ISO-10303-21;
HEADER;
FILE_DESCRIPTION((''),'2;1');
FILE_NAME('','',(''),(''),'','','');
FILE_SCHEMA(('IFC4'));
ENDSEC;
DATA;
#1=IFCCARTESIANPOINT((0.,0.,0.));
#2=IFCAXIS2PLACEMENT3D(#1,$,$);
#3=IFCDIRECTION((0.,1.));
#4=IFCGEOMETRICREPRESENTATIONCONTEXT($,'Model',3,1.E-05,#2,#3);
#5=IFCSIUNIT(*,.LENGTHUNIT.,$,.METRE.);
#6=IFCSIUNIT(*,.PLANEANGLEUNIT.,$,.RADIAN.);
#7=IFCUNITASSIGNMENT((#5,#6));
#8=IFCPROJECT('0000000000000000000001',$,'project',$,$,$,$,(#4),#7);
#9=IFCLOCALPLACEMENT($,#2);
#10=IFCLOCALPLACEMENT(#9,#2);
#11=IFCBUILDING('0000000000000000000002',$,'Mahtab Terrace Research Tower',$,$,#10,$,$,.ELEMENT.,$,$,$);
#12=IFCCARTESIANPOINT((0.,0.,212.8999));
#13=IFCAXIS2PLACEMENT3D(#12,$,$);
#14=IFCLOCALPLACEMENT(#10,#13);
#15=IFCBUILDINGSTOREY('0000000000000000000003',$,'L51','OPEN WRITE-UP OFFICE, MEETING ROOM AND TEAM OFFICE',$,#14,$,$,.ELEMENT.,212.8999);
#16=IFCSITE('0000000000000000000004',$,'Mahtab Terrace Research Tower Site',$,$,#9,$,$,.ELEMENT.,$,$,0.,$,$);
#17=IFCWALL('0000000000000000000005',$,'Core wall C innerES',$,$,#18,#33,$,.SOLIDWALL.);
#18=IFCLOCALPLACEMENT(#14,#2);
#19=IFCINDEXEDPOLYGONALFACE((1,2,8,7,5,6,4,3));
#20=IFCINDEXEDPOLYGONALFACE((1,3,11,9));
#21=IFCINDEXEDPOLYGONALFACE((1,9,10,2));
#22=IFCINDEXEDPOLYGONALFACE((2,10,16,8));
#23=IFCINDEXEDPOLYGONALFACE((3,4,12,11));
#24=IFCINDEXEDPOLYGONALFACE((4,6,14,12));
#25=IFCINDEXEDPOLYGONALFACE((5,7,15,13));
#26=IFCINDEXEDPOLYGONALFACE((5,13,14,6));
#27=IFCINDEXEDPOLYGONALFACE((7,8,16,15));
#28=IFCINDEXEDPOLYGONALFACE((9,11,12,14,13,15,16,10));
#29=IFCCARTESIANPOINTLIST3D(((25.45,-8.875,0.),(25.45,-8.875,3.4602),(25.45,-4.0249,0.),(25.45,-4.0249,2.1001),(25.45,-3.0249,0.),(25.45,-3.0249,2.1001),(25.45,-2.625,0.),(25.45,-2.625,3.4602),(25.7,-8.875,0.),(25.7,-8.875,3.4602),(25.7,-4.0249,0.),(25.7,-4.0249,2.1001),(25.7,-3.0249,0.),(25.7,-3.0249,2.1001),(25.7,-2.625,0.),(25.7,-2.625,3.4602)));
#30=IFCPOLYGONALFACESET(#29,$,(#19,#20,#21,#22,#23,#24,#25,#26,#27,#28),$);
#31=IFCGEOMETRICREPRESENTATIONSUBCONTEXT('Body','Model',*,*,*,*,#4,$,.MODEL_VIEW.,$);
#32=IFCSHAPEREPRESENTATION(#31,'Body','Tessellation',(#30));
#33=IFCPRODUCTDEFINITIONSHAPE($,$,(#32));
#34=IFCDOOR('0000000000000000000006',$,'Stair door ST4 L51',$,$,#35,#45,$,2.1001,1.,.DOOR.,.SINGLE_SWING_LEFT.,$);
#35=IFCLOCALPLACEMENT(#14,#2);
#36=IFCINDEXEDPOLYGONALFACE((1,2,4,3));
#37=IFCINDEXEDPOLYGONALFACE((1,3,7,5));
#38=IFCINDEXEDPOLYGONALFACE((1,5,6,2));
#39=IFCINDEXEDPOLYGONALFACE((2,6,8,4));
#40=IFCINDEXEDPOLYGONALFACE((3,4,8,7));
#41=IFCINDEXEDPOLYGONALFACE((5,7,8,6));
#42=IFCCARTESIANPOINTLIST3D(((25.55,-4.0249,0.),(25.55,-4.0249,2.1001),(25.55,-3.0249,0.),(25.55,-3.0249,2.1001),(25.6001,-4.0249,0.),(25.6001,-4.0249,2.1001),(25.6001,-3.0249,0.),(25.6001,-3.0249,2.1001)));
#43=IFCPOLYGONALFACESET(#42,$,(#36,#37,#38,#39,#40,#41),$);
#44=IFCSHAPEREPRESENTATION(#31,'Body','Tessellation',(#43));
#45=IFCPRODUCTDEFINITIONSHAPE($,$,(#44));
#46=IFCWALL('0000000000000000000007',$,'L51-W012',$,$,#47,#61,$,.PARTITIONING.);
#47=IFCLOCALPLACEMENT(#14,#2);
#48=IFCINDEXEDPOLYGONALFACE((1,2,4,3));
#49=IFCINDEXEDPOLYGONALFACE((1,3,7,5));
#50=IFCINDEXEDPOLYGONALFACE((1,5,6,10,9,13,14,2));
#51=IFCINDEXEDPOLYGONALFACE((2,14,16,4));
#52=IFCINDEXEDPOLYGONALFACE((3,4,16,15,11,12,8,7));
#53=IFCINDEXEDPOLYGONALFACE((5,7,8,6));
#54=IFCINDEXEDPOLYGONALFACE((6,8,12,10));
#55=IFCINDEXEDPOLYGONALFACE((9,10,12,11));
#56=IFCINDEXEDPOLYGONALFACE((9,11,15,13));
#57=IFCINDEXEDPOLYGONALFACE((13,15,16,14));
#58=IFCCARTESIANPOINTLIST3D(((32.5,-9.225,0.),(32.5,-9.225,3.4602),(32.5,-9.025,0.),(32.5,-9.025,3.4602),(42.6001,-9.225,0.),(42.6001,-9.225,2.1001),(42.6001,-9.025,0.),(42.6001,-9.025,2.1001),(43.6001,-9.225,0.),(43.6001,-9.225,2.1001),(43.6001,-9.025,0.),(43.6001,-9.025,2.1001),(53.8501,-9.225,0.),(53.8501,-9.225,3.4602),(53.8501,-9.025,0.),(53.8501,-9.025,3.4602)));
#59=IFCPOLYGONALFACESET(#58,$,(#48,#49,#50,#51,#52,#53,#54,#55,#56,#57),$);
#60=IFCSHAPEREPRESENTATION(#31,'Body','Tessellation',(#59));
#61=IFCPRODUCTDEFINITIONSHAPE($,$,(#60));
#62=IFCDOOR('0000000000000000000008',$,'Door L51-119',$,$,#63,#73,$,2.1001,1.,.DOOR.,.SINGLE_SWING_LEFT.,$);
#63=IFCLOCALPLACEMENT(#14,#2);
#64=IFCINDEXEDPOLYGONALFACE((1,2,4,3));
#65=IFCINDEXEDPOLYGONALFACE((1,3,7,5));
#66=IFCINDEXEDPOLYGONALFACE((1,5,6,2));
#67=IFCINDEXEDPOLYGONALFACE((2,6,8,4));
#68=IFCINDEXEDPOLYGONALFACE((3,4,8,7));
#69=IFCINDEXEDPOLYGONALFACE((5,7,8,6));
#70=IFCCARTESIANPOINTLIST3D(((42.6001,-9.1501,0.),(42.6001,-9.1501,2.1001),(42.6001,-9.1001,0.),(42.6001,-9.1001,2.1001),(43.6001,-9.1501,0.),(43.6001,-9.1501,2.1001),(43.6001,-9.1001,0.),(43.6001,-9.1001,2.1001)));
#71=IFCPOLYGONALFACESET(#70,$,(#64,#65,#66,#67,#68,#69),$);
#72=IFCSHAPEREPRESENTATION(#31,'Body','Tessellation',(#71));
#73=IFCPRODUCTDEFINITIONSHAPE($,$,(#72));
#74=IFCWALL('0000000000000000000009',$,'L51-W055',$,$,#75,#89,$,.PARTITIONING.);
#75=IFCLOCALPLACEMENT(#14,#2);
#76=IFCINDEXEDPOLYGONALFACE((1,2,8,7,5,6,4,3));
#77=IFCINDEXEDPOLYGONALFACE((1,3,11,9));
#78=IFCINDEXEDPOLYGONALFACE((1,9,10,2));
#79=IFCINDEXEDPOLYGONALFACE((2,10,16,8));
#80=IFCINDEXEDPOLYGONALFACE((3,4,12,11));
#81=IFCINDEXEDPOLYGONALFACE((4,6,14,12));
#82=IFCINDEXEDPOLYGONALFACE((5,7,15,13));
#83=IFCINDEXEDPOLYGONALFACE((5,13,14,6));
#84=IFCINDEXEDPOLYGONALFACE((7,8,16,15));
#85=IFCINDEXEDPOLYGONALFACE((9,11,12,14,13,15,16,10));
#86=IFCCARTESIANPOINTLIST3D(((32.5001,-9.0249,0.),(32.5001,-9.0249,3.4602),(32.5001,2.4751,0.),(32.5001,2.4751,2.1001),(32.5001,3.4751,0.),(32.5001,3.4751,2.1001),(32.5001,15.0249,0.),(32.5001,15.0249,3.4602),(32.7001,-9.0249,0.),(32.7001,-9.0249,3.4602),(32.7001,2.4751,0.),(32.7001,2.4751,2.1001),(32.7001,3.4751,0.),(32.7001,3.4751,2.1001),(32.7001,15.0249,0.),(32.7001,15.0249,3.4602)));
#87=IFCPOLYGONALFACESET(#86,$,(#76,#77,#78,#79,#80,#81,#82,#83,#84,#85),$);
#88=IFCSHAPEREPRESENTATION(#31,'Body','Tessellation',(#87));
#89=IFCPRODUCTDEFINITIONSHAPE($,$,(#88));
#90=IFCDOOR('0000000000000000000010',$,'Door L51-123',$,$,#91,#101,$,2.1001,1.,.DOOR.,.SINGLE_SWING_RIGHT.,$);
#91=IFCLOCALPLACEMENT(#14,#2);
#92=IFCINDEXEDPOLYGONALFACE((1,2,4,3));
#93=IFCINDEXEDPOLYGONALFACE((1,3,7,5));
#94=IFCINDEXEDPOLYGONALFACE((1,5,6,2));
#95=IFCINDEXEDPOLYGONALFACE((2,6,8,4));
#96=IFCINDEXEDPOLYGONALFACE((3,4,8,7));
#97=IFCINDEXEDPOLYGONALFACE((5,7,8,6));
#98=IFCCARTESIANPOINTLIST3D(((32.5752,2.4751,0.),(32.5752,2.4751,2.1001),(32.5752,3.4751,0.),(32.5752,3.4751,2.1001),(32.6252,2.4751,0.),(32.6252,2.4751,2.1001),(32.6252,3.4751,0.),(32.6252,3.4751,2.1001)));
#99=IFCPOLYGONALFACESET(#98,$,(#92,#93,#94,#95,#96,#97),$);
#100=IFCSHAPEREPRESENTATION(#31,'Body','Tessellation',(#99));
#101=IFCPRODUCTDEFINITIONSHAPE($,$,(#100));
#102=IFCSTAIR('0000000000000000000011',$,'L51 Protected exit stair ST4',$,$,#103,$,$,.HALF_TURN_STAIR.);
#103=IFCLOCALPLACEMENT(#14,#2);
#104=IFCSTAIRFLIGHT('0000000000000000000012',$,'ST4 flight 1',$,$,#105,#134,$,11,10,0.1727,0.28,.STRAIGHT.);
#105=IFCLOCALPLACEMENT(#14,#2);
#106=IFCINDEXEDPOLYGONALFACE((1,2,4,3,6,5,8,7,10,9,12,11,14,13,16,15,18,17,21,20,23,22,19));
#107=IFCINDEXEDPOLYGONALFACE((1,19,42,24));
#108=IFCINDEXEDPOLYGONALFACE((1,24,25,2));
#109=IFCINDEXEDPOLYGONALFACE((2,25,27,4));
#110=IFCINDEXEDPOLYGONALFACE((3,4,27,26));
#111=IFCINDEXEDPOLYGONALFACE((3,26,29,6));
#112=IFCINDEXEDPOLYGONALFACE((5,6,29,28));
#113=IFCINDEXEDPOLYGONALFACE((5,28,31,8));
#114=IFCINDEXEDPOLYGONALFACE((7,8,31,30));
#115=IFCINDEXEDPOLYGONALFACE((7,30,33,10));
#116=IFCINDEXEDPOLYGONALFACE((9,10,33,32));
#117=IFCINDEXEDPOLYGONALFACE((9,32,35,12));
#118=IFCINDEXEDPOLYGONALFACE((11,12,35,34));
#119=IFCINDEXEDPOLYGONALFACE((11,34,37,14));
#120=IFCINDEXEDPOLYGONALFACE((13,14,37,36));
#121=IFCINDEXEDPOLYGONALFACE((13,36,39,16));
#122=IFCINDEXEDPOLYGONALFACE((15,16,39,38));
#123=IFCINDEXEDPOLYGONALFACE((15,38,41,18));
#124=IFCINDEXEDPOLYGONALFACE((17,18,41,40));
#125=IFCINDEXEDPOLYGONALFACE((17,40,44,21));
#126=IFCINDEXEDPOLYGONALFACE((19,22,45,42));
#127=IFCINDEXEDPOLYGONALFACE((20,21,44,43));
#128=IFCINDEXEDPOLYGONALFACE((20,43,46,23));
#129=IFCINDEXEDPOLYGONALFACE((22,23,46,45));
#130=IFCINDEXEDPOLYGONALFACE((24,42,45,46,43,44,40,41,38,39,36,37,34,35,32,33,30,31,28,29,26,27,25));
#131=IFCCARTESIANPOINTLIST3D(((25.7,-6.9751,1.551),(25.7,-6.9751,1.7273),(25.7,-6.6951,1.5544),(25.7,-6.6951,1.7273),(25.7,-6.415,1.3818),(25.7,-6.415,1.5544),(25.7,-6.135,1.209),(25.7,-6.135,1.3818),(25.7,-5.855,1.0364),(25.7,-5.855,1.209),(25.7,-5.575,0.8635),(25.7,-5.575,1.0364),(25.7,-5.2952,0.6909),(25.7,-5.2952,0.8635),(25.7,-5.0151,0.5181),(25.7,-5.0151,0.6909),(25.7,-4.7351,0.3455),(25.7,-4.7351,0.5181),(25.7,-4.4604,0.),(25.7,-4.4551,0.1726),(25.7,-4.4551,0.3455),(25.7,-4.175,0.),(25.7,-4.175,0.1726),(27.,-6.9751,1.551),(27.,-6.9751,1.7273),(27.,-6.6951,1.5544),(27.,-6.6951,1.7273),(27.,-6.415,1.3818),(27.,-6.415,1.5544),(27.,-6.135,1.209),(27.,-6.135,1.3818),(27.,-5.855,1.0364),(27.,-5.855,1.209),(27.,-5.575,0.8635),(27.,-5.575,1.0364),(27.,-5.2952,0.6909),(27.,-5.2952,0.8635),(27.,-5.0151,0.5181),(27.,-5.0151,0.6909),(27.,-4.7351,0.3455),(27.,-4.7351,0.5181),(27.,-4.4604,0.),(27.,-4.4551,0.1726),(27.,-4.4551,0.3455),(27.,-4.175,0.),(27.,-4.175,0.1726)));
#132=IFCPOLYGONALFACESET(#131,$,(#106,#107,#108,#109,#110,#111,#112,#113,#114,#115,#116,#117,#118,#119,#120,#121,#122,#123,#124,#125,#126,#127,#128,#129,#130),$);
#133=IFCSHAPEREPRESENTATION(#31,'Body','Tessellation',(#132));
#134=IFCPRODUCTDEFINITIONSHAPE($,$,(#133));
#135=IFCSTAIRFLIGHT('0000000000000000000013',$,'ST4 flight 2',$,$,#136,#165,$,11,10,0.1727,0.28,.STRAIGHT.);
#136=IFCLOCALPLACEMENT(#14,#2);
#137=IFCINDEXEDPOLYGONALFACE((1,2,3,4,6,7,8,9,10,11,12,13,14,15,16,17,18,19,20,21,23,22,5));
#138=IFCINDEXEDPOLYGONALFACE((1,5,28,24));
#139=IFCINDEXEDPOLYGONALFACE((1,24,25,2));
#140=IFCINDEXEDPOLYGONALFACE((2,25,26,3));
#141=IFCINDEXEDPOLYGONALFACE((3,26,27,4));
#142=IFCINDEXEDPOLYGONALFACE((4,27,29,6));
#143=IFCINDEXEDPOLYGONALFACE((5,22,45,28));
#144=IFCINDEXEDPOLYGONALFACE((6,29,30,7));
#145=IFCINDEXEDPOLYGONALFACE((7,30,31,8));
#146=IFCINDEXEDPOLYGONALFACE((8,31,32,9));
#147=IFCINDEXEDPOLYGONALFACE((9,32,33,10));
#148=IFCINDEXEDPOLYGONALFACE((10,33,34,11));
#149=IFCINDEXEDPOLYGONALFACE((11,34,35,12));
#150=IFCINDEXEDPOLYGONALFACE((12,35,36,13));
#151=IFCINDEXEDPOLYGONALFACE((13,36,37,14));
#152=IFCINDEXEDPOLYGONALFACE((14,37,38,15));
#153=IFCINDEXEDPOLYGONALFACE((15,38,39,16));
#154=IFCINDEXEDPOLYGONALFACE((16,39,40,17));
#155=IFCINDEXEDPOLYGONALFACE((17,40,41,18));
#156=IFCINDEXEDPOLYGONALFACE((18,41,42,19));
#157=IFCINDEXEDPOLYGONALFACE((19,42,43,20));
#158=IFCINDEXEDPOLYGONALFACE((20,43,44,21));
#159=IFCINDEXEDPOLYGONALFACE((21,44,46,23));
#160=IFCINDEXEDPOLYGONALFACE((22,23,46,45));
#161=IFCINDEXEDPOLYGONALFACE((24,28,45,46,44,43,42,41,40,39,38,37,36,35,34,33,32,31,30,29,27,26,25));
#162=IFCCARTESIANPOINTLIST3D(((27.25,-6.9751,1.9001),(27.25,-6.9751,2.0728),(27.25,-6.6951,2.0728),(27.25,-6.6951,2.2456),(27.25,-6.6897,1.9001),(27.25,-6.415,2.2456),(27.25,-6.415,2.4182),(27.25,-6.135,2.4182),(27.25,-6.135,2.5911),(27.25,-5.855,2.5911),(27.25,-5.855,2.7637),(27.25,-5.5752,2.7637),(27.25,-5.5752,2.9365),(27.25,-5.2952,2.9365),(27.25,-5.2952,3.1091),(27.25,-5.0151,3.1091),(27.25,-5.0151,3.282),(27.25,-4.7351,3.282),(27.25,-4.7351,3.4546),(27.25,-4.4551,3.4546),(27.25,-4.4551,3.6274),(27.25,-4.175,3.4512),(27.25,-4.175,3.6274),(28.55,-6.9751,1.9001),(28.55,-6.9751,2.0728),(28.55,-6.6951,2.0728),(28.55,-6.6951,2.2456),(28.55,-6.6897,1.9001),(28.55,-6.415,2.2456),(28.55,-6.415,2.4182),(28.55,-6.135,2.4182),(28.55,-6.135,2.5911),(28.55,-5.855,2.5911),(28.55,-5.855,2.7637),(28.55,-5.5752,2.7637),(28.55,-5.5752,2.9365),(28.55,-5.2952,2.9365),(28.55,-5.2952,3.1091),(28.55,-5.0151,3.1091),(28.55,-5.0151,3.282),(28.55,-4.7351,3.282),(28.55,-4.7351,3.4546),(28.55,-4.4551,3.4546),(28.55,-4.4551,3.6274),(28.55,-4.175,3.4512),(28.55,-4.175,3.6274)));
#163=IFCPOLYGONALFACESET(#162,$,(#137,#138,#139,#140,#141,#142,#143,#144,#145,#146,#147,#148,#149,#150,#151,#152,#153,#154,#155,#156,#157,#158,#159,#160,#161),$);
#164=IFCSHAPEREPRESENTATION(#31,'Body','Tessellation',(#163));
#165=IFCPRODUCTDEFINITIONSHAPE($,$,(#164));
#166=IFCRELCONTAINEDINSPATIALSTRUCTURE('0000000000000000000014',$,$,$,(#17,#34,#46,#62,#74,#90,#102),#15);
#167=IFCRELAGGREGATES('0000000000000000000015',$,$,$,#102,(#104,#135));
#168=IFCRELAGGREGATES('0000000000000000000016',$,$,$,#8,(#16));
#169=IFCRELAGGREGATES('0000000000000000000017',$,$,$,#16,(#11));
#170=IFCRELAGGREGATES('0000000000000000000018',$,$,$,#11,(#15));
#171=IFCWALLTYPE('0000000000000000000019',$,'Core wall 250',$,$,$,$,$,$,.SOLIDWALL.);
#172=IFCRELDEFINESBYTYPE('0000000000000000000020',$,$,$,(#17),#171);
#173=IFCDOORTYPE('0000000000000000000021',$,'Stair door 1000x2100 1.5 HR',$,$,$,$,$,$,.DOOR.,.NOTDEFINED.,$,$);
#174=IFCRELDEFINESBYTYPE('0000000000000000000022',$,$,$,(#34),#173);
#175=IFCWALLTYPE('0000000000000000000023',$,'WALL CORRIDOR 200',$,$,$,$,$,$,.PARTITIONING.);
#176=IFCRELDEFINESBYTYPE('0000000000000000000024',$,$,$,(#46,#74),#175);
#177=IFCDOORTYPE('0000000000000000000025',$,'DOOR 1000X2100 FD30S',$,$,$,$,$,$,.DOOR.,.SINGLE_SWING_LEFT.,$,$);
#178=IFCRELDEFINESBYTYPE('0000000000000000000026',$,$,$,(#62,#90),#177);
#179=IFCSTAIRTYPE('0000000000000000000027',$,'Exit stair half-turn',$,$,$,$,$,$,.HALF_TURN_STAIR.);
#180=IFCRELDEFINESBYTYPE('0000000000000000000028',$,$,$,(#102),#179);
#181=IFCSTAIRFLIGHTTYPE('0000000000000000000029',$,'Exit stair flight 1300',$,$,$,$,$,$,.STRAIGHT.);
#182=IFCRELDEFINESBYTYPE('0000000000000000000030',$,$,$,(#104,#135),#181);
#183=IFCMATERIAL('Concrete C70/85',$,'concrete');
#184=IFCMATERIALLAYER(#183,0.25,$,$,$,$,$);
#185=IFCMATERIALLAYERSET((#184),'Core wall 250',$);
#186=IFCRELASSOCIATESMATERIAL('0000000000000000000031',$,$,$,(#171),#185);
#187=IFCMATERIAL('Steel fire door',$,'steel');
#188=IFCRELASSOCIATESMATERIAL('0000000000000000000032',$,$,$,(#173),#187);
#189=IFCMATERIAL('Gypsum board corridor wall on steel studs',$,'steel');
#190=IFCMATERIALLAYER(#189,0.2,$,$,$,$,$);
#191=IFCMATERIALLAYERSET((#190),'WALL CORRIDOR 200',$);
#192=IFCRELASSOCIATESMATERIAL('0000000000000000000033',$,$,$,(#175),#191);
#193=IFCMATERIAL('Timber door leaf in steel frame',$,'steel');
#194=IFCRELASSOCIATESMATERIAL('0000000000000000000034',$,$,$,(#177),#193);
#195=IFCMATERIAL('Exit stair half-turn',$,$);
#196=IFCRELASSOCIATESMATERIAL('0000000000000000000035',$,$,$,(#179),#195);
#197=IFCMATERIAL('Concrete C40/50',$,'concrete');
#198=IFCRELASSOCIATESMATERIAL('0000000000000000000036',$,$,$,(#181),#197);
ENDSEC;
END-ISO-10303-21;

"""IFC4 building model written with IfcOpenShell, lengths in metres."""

from ifc_helpers import new_model, si_unit, direction, frame, frame_2d, origin, place, context, subcontext, project, spatial, polyline, rectangle, outline, extrude, material, layer, layer_set, type_object, element, fill, aggregate, save


model = new_model("IFC4")

# Units and contexts
model_context = context("Model", 3, precision=1e-05, world=origin(), true_north=direction((0.0, 1.0)))
body_context = subcontext(model_context, "Body", "Model", "MODEL_VIEW")
ifc_project = project(units=[si_unit("LENGTHUNIT", "METRE"), si_unit("PLANEANGLEUNIT", "RADIAN")], contexts=[model_context])

# Site, building, storey
site_placement = place(None, origin())
site = spatial("IfcSite", under=ifc_project, at=site_placement, Name="Mahtab Terrace Research Tower Site", CompositionType="ELEMENT", RefElevation=0.0)
building_placement = place(site_placement, origin())
building = spatial("IfcBuilding", under=site, at=building_placement, Name="Mahtab Terrace Research Tower", CompositionType="ELEMENT")
storey_placement = place(building_placement, frame((0.0, 0.0, 212.8999)))
storey = spatial("IfcBuildingStorey", under=building, at=storey_placement, Name="L51", Description="OPEN WRITE-UP OFFICE, MEETING ROOM AND TEAM OFFICE", CompositionType="ELEMENT", Elevation=212.8999)

# Shared definitions
ifc_material_1 = material(Name="Concrete C70/85", Category="concrete")
ifc_layer_1 = layer(ifc_material_1, 0.25)
ifc_layer_set_1 = layer_set([ifc_layer_1], Name="Core wall 250")
wall_type_1 = type_object("IfcWallType", Name="Core wall 250", PredefinedType="SOLIDWALL", material=ifc_layer_set_1)
ifc_material_2 = material(Name="Steel fire door", Category="steel")

# Walls, openings, doors
wall_1_placement = place(storey_placement, frame((25.575, -8.875, 0.0), z_axis=(0.0, 0.0, 1.0), x_axis=(0.0, 1.0, 0.0)))
wall_1 = element("IfcWall", 1, at=wall_1_placement, inside=storey, type_object=wall_type_1, Name="Core wall C innerES", PredefinedType="SOLIDWALL", context=body_context, shape_type="SweptSolid", body=[
    extrude(rectangle(XDim=6.25, YDim=0.25, at=frame_2d((3.125, 0.0))), origin(), (0.0, 0.0, 1.0), 3.4602),
])
opening_1_placement = place(wall_1_placement, frame((4.8501, 0.0, 0.0)))
opening_1 = element("IfcOpeningElement", 2, at=opening_1_placement, cuts=wall_1, PredefinedType="OPENING", context=body_context, shape_type="SweptSolid", body=[
    extrude(rectangle(XDim=1.0, YDim=2.1001, at=frame_2d((0.5, 1.05))), frame((0.0, 0.135, 0.0), z_axis=(0.0, -1.0, 0.0), x_axis=(1.0, 0.0, 0.0)), (0.0, 0.0, 1.0), 0.27),
])
door_type_1 = type_object("IfcDoorType", Name="Stair door 1000x2100 1.5 HR", OperationType="NOTDEFINED", PredefinedType="DOOR", material=ifc_material_2)
door_1_placement = place(opening_1_placement, origin())
door_1 = element("IfcDoor", 3, at=door_1_placement, inside=storey, type_object=door_type_1, Name="Stair door ST4 L51", OperationType="SINGLE_SWING_LEFT", OverallHeight=2.1001, OverallWidth=1.0, PredefinedType="DOOR", context=body_context, shape_type="SweptSolid", body=[
    extrude(rectangle(XDim=1.0, YDim=2.1001, at=frame_2d((0.5, 1.05))), frame((0.0, 0.0249, 0.0), z_axis=(0.0, -1.0, 0.0), x_axis=(1.0, 0.0, 0.0)), (0.0, 0.0, 1.0), 0.05),
])
fill(opening_1, door_1)
ifc_material_3 = material(Name="Gypsum board corridor wall on steel studs", Category="steel")
ifc_layer_2 = layer(ifc_material_3, 0.2)
ifc_layer_set_2 = layer_set([ifc_layer_2], Name="WALL CORRIDOR 200")
wall_type_2 = type_object("IfcWallType", Name="WALL CORRIDOR 200", PredefinedType="PARTITIONING", material=ifc_layer_set_2)
wall_2_placement = place(storey_placement, frame((32.5, -9.125, 0.0), z_axis=(0.0, 0.0, 1.0), x_axis=(1.0, 0.0, 0.0)))
wall_2 = element("IfcWall", 4, at=wall_2_placement, inside=storey, type_object=wall_type_2, Name="L51-W012", PredefinedType="PARTITIONING", context=body_context, shape_type="SweptSolid", body=[
    extrude(rectangle(XDim=21.3501, YDim=0.2, at=frame_2d((10.675, 0.0))), origin(), (0.0, 0.0, 1.0), 3.4602),
])
opening_2_placement = place(wall_2_placement, frame((10.1001, 0.0, 0.0)))
opening_2 = element("IfcOpeningElement", 5, at=opening_2_placement, cuts=wall_2, PredefinedType="OPENING", context=body_context, shape_type="SweptSolid", body=[
    extrude(rectangle(XDim=1.0, YDim=2.1001, at=frame_2d((0.5, 1.05))), frame((0.0, 0.1099, 0.0), z_axis=(0.0, -1.0, 0.0), x_axis=(1.0, 0.0, 0.0)), (0.0, 0.0, 1.0), 0.22),
])
ifc_material_4 = material(Name="Timber door leaf in steel frame", Category="steel")
door_type_2 = type_object("IfcDoorType", Name="DOOR 1000X2100 FD30S", OperationType="SINGLE_SWING_LEFT", PredefinedType="DOOR", material=ifc_material_4)
door_2_placement = place(opening_2_placement, origin())
door_2 = element("IfcDoor", 6, at=door_2_placement, inside=storey, type_object=door_type_2, Name="Door L51-119", OperationType="SINGLE_SWING_LEFT", OverallHeight=2.1001, OverallWidth=1.0, PredefinedType="DOOR", context=body_context, shape_type="SweptSolid", body=[
    extrude(rectangle(XDim=1.0, YDim=2.1001, at=frame_2d((0.5, 1.05))), frame((0.0, 0.0249, 0.0), z_axis=(0.0, -1.0, 0.0), x_axis=(1.0, 0.0, 0.0)), (0.0, 0.0, 1.0), 0.05),
])
fill(opening_2, door_2)
wall_3_placement = place(storey_placement, frame((32.6001, -9.0249, 0.0), z_axis=(0.0, 0.0, 1.0), x_axis=(0.0, 1.0, 0.0)))
wall_3 = element("IfcWall", 7, at=wall_3_placement, inside=storey, type_object=wall_type_2, Name="L51-W055", PredefinedType="PARTITIONING", context=body_context, shape_type="SweptSolid", body=[
    extrude(rectangle(XDim=24.0498, YDim=0.2, at=frame_2d((12.0249, 0.0))), origin(), (0.0, 0.0, 1.0), 3.4602),
])
opening_3_placement = place(wall_3_placement, frame((11.5, 0.0, 0.0)))
opening_3 = element("IfcOpeningElement", 8, at=opening_3_placement, cuts=wall_3, PredefinedType="OPENING", context=body_context, shape_type="SweptSolid", body=[
    extrude(rectangle(XDim=1.0, YDim=2.1001, at=frame_2d((0.5, 1.05))), frame((0.0, 0.1099, 0.0), z_axis=(0.0, -1.0, 0.0), x_axis=(1.0, 0.0, 0.0)), (0.0, 0.0, 1.0), 0.22),
])
door_3_placement = place(opening_3_placement, origin())
door_3 = element("IfcDoor", 9, at=door_3_placement, inside=storey, type_object=door_type_2, Name="Door L51-123", OperationType="SINGLE_SWING_RIGHT", OverallHeight=2.1001, OverallWidth=1.0, PredefinedType="DOOR", context=body_context, shape_type="SweptSolid", body=[
    extrude(rectangle(XDim=1.0, YDim=2.1001, at=frame_2d((0.5, 1.05))), frame((0.0, 0.0249, 0.0), z_axis=(0.0, -1.0, 0.0), x_axis=(1.0, 0.0, 0.0)), (0.0, 0.0, 1.0), 0.05),
])
fill(opening_3, door_3)

# Stair, stair flights
ifc_material_5 = material(Name="Exit stair half-turn")
stair_type = type_object("IfcStairType", Name="Exit stair half-turn", PredefinedType="HALF_TURN_STAIR", material=ifc_material_5)
stair_placement = place(storey_placement, origin())
stair = element("IfcStair", 10, at=stair_placement, inside=storey, type_object=stair_type, Name="L51 Protected exit stair ST4", PredefinedType="HALF_TURN_STAIR")
ifc_material_6 = material(Name="Concrete C40/50", Category="concrete")
stair_flight_type = type_object("IfcStairFlightType", Name="Exit stair flight 1300", PredefinedType="STRAIGHT", material=ifc_material_6)
stair_flight_1_placement = place(storey_placement, frame((26.3501, -4.175, 0.0), z_axis=(0.0, 0.0, 1.0), x_axis=(0.0, -1.0, 0.0)))
stair_flight_1 = element("IfcStairFlight", 11, at=stair_flight_1_placement, type_object=stair_flight_type, Name="ST4 flight 1", NumberOfRisers=11, NumberOfTreads=10, PredefinedType="STRAIGHT", RiserHeight=0.1727, TreadLength=0.28, context=body_context, shape_type="SweptSolid", body=[
    extrude(outline(polyline([(0.0, 0.0), (0.0, 0.1726), (0.28, 0.1726), (0.28, 0.3455), (0.5601, 0.3455), (0.5601, 0.5181), (0.8401, 0.5181), (0.8401, 0.6909), (1.1201, 0.6909), (1.1201, 0.8635), (1.3999, 0.8635), (1.3999, 1.0364), (1.6799, 1.0364), (1.6799, 1.209), (1.96, 1.209), (1.96, 1.3818), (2.24, 1.3818), (2.24, 1.5544), (2.52, 1.5544), (2.52, 1.7273), (2.8, 1.7273), (2.8, 1.8999), (2.8, 1.551), (0.2854, 0.0), (0.0, 0.0)])), frame((0.0, 0.6499, 0.0), z_axis=(0.0, -1.0, 0.0), x_axis=(1.0, 0.0, 0.0)), (0.0, 0.0, 1.0), 1.3),
])
stair_flight_2_placement = place(storey_placement, frame((27.8999, -6.9751, 1.9001), z_axis=(0.0, 0.0, 1.0), x_axis=(0.0, 1.0, 0.0)))
stair_flight_2 = element("IfcStairFlight", 12, at=stair_flight_2_placement, type_object=stair_flight_type, Name="ST4 flight 2", NumberOfRisers=11, NumberOfTreads=10, PredefinedType="STRAIGHT", RiserHeight=0.1727, TreadLength=0.28, context=body_context, shape_type="SweptSolid", body=[
    extrude(outline(polyline([(0.0, 0.0), (0.0, 0.1726), (0.28, 0.1726), (0.28, 0.3455), (0.5601, 0.3455), (0.5601, 0.5181), (0.8401, 0.5181), (0.8401, 0.6909), (1.1201, 0.6909), (1.1201, 0.8635), (1.3999, 0.8635), (1.3999, 1.0364), (1.6799, 1.0364), (1.6799, 1.209), (1.96, 1.209), (1.96, 1.3818), (2.24, 1.3818), (2.24, 1.5544), (2.52, 1.5544), (2.52, 1.7273), (2.8, 1.7273), (2.8, 1.8999), (2.8, 1.551), (0.2854, 0.0), (0.0, 0.0)])), frame((0.0, 0.6499, 0.0), z_axis=(0.0, -1.0, 0.0), x_axis=(1.0, 0.0, 0.0)), (0.0, 0.0, 1.0), 1.3),
])
aggregate(stair, [stair_flight_1, stair_flight_2])

save(model, "model.ifc")
